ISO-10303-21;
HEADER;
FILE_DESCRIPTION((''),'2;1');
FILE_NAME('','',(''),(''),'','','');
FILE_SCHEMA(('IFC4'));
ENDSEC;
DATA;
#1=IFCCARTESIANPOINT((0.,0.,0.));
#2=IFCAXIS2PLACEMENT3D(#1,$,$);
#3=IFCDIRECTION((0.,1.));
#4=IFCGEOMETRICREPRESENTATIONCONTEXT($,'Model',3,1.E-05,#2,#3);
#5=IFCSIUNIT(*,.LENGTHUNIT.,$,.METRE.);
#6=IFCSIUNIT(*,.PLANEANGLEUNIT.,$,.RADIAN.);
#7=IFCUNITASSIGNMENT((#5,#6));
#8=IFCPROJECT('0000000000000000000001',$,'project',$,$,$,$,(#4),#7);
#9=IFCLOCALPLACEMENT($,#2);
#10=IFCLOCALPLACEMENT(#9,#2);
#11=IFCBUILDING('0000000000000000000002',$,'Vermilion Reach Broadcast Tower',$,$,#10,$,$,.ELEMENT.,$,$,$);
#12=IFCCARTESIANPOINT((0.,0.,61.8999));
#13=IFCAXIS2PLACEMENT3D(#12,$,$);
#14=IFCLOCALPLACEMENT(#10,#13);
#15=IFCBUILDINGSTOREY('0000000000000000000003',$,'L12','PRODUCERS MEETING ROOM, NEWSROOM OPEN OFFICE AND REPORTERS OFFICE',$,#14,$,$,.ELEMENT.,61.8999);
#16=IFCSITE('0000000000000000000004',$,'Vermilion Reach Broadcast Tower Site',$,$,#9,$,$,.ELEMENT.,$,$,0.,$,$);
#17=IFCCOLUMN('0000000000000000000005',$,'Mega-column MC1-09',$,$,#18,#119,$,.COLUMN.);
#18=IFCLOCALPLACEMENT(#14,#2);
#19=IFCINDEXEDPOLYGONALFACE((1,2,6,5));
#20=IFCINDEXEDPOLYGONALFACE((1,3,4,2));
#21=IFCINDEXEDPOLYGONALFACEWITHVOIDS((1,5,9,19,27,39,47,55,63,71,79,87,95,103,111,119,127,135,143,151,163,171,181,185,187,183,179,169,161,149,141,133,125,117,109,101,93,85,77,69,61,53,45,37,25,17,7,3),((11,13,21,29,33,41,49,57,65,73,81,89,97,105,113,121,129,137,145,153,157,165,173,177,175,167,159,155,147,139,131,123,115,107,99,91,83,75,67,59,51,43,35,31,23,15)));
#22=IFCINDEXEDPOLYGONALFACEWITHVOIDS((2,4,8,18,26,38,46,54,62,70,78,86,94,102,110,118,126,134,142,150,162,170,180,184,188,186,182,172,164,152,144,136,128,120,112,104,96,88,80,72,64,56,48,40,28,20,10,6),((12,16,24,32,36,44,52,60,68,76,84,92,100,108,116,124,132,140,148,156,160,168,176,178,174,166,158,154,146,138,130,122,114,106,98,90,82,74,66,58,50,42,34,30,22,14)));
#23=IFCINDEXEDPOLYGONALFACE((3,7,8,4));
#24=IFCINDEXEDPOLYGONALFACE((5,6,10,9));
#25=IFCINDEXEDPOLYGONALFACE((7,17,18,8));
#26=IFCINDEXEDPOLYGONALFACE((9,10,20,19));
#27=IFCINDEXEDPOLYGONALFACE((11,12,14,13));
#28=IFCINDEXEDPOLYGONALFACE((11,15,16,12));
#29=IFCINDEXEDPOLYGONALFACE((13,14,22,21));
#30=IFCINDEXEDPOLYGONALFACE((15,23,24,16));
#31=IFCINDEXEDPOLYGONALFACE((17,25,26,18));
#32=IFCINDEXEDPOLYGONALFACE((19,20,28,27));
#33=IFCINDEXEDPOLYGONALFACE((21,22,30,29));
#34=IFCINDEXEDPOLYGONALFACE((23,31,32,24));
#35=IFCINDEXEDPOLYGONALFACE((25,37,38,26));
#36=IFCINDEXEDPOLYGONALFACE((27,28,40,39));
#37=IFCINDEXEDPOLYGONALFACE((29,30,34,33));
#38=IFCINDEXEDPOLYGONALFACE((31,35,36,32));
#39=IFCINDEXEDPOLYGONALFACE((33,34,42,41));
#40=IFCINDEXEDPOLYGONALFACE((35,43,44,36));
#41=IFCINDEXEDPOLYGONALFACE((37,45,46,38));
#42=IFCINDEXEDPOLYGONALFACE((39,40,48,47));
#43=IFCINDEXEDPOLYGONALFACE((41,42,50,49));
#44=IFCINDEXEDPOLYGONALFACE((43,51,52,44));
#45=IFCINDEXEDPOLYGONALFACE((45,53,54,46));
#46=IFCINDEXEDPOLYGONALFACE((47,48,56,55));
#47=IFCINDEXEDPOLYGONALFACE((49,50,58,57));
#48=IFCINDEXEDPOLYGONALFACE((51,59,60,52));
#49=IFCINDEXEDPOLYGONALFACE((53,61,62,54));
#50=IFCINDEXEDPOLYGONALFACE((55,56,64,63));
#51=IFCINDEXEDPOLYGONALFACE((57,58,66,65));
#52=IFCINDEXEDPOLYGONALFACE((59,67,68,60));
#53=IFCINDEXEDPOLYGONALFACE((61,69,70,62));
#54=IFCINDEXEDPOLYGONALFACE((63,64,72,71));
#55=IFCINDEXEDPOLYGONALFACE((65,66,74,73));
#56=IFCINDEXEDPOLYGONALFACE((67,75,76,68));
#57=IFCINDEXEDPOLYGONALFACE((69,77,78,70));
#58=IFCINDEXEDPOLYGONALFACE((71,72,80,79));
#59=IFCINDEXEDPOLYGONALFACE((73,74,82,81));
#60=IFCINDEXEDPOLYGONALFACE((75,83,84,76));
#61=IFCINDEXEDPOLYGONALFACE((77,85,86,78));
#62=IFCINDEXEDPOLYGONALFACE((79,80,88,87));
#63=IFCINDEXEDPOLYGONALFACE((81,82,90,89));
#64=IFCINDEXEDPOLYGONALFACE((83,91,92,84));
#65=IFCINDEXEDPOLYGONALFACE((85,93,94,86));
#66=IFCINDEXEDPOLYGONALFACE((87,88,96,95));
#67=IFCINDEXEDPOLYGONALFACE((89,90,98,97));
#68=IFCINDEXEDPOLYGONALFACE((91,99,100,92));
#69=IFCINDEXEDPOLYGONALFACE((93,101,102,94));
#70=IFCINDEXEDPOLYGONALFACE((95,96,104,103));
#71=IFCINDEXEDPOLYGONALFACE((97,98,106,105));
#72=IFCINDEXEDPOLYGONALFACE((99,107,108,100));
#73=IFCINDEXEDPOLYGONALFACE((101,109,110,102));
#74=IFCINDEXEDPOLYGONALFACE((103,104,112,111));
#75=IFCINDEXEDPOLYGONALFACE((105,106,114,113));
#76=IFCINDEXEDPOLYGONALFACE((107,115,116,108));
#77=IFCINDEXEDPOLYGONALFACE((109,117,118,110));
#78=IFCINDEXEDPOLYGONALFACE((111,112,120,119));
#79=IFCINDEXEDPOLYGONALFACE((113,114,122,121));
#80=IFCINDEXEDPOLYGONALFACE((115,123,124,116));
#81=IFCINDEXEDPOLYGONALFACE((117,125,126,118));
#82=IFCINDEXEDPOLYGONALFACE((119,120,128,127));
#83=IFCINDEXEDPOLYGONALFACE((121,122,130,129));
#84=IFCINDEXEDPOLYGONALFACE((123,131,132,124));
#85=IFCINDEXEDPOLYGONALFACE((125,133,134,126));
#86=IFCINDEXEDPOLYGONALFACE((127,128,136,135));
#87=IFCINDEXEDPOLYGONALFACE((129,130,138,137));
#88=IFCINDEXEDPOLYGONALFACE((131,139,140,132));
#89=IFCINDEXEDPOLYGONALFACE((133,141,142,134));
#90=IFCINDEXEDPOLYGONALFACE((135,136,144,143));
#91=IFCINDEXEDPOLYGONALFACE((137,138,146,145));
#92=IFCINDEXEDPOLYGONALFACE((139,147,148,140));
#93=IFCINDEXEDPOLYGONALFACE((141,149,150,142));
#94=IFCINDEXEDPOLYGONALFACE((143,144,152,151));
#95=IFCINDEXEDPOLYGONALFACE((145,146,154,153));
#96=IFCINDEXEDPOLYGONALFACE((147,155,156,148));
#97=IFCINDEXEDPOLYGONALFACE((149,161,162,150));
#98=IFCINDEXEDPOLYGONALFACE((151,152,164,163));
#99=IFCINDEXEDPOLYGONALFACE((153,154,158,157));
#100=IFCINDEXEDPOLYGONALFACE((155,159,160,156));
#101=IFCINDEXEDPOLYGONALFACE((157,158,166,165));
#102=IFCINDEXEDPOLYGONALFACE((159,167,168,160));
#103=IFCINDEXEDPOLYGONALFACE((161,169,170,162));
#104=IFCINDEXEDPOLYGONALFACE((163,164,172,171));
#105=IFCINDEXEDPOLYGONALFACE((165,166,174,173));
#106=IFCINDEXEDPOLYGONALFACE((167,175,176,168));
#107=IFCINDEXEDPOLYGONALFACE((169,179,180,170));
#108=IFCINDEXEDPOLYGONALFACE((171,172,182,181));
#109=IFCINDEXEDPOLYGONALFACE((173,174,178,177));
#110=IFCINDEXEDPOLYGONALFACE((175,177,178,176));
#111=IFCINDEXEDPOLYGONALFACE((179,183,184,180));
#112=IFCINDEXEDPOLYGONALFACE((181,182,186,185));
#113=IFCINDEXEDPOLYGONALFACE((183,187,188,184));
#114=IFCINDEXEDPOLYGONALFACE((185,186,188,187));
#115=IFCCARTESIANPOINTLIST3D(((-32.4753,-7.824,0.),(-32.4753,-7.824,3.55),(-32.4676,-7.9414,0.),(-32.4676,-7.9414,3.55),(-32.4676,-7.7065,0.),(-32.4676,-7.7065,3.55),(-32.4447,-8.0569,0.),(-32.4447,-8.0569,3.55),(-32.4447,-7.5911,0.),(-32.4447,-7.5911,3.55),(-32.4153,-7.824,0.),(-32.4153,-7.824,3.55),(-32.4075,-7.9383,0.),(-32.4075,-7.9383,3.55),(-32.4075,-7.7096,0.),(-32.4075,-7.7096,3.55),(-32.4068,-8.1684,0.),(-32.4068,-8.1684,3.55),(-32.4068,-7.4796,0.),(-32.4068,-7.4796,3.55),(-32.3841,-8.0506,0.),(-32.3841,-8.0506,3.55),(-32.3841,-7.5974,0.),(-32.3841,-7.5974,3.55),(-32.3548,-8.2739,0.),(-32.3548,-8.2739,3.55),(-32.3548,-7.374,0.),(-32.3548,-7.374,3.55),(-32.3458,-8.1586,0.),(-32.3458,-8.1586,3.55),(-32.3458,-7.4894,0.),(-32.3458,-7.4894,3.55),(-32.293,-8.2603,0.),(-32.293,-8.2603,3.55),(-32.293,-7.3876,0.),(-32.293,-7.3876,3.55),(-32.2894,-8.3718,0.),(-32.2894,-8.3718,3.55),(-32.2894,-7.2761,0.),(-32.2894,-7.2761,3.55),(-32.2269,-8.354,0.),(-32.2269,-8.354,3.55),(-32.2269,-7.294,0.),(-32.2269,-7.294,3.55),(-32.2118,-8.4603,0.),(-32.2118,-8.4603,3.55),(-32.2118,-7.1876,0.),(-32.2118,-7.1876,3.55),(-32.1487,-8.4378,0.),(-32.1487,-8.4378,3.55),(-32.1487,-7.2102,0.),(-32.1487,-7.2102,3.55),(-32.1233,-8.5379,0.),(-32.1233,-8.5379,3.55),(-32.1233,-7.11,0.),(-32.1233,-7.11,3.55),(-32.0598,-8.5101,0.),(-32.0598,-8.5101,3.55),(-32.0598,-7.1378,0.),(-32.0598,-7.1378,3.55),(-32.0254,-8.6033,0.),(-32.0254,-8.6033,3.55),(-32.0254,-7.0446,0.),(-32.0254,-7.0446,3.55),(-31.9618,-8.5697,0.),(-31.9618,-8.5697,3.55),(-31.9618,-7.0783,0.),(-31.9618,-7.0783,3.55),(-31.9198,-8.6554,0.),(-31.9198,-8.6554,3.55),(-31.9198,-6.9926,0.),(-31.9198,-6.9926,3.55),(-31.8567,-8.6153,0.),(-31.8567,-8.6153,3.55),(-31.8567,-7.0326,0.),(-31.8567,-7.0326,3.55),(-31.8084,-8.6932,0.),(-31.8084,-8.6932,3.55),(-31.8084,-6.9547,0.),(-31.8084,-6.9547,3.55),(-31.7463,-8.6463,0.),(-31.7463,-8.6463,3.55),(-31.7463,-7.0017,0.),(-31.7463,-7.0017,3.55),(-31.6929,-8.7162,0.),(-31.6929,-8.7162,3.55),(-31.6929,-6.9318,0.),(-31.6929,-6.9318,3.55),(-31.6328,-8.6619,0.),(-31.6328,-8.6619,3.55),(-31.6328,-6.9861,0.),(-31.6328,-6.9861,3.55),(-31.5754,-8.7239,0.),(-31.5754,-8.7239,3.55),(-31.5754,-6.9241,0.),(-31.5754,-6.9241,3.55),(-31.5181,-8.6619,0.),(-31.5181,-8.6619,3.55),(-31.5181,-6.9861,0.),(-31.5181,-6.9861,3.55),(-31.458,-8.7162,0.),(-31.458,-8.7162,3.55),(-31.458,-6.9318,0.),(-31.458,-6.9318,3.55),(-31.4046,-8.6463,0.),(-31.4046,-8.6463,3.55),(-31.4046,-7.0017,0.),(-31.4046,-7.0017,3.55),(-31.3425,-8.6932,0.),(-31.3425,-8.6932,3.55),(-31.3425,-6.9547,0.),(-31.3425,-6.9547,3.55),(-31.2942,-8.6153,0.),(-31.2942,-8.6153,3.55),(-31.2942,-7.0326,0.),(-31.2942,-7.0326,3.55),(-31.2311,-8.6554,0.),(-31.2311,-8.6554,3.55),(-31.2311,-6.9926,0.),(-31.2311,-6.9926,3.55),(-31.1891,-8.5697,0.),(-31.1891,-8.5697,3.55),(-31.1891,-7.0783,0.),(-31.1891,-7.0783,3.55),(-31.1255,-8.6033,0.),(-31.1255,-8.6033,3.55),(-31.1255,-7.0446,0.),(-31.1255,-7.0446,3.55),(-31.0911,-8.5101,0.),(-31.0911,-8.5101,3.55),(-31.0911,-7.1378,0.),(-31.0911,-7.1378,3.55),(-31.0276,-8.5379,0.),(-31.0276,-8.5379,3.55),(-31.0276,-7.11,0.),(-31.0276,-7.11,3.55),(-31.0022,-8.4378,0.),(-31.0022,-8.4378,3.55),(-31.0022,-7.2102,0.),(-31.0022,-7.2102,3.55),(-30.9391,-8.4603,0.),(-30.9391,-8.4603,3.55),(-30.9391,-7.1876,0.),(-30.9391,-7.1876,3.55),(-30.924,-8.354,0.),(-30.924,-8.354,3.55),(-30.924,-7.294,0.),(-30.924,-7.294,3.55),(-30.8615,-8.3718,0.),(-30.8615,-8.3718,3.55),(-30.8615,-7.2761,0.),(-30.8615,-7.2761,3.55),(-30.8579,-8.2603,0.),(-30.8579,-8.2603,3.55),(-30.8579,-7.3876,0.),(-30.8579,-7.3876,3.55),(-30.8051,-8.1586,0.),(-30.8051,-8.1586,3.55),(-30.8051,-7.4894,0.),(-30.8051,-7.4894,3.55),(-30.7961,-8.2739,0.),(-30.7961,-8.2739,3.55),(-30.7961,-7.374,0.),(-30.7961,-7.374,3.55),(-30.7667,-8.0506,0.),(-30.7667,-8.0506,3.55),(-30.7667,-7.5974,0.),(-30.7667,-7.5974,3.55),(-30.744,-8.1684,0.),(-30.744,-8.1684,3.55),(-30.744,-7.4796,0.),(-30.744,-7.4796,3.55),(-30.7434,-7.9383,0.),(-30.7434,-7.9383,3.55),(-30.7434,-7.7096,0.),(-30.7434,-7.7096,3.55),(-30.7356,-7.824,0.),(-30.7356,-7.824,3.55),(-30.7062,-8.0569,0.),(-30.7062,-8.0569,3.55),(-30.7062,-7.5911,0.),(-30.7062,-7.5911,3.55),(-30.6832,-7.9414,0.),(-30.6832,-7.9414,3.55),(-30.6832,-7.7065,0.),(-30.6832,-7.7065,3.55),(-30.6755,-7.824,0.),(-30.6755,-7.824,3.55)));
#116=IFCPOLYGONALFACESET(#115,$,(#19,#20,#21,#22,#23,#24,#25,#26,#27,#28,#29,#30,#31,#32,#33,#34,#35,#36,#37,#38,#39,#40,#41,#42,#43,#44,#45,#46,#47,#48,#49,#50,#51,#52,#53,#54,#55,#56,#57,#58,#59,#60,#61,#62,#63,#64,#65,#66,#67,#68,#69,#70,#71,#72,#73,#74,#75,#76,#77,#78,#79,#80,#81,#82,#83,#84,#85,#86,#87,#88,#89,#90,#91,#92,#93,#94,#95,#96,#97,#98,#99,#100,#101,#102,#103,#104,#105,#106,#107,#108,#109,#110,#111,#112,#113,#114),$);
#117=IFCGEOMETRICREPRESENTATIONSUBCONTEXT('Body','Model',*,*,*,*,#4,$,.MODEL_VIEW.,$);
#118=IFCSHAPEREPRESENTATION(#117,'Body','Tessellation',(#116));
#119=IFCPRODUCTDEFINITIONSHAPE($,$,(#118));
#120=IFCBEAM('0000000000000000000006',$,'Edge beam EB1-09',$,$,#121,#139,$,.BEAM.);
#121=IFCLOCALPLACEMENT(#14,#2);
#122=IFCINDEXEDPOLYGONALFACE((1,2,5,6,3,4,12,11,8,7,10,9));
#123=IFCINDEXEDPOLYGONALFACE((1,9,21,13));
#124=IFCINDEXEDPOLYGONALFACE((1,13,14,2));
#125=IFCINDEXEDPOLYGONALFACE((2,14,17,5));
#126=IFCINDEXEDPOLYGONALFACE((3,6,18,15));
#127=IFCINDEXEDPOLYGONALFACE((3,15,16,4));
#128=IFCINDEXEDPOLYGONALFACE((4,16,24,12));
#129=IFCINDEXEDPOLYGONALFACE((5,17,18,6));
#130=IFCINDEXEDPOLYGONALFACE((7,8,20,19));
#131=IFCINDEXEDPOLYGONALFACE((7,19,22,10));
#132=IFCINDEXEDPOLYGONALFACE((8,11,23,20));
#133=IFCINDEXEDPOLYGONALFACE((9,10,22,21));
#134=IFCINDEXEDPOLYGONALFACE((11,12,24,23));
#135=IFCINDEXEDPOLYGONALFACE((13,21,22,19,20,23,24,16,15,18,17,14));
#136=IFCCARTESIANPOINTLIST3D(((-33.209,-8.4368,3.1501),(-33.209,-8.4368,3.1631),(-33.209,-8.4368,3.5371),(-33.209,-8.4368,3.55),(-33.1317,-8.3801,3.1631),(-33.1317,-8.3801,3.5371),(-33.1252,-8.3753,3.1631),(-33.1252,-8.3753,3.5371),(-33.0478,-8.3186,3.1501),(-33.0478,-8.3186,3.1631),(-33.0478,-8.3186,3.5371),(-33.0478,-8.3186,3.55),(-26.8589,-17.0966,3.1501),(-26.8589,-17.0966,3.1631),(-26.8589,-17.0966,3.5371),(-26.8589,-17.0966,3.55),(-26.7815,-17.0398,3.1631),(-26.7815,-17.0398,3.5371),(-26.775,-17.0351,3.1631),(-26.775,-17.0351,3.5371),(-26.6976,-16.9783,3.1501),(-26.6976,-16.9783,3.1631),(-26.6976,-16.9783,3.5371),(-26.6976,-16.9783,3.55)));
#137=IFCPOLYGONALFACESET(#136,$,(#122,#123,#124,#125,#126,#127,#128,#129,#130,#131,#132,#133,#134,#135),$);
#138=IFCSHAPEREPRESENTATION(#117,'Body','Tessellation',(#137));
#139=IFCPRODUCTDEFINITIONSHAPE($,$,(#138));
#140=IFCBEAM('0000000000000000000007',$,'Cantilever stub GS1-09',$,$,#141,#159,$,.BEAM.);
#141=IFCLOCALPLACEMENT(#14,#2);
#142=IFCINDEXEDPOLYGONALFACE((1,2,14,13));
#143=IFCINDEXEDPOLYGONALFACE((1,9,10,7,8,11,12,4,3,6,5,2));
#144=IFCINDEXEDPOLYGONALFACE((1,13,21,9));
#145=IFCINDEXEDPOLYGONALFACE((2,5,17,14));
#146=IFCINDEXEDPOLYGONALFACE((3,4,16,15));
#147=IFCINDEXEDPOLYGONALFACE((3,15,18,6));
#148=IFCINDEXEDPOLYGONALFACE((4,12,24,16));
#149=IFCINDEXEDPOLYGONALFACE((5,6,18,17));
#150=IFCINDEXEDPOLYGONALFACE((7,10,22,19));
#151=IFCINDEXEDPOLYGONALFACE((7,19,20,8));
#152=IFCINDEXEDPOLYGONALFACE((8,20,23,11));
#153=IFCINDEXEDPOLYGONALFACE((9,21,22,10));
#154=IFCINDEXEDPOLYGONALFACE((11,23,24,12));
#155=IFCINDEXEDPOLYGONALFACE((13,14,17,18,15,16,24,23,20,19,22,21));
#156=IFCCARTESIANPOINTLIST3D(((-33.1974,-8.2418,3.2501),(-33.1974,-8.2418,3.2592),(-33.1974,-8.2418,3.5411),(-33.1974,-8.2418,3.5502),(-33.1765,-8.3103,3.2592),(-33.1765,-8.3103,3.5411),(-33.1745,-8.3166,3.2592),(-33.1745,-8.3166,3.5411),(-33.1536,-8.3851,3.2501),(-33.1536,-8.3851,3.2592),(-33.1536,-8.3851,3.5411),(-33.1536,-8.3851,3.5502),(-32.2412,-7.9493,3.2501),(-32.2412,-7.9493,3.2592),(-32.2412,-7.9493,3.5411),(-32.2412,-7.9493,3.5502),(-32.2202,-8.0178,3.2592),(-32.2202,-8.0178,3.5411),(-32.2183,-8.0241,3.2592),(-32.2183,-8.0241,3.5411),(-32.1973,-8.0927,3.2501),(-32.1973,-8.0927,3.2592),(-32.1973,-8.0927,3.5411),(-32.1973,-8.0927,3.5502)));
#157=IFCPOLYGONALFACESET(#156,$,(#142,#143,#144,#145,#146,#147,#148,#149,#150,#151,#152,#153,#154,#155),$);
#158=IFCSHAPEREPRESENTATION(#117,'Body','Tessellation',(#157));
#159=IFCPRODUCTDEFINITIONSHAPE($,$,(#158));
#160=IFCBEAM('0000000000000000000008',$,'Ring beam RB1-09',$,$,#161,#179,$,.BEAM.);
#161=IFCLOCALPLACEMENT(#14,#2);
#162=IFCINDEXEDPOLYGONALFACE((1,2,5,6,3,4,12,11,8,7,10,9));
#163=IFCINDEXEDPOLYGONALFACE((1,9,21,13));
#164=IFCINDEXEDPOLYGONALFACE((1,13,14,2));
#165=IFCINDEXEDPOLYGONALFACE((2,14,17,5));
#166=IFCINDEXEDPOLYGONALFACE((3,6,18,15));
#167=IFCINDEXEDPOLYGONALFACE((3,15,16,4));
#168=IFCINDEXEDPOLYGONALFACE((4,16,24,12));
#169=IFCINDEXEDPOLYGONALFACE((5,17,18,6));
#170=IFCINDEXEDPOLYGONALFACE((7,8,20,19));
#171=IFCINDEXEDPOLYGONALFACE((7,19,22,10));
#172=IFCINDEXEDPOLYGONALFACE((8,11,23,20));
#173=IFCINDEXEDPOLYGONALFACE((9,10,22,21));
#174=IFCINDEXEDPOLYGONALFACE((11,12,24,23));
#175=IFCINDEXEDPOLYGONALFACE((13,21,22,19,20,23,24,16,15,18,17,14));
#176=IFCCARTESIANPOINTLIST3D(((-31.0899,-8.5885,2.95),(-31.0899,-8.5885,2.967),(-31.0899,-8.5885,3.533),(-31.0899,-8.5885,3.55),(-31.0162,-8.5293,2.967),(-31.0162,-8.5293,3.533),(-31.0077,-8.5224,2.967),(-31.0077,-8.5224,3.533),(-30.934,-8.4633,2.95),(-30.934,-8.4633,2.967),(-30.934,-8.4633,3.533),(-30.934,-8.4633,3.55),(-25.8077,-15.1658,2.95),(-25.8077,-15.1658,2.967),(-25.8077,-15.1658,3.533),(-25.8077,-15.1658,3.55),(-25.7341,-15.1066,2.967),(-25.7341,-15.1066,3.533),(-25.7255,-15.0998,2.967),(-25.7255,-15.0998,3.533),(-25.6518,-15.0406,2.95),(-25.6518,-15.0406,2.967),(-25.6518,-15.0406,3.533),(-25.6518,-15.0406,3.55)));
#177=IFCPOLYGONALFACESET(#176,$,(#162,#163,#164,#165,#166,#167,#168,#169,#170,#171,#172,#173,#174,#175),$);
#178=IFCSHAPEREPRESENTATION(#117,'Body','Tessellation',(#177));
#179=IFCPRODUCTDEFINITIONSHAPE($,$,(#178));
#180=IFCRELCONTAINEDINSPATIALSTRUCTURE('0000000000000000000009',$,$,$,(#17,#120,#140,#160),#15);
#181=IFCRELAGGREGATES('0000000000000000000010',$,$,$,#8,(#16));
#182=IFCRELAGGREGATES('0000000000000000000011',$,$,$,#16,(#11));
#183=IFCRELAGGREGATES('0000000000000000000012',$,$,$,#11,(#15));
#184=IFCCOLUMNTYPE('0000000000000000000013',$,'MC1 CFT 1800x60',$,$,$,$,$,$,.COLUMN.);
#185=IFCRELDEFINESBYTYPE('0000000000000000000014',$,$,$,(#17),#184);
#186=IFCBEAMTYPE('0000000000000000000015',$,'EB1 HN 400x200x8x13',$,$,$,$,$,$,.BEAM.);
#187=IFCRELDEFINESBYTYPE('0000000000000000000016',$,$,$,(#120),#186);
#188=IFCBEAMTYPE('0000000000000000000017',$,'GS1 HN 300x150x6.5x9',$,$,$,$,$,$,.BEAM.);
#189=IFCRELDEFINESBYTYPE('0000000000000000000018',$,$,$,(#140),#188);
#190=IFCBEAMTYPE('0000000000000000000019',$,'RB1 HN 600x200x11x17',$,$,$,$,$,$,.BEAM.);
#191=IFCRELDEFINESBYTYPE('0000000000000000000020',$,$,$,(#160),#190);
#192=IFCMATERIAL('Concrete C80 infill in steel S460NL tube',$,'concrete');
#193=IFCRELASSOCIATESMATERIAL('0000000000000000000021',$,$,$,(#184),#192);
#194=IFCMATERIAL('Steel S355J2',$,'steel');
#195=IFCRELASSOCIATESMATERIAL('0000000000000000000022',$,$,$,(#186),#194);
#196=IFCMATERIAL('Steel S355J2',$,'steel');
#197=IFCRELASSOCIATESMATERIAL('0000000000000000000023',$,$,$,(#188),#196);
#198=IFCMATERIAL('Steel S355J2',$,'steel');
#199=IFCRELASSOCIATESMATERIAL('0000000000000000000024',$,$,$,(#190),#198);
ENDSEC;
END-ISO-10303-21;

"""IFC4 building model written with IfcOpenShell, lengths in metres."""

from ifc_helpers import new_model, si_unit, direction, frame, origin, origin_2d, place, context, subcontext, project, spatial, hollow_circle, i_section, extrude, material, material_profile, profile_set, type_object, element, save


model = new_model("IFC4")

# Units and contexts
model_context = context("Model", 3, precision=1e-05, world=origin(), true_north=direction((0.0, 1.0)))
body_context = subcontext(model_context, "Body", "Model", "MODEL_VIEW")
ifc_project = project(units=[si_unit("LENGTHUNIT", "METRE"), si_unit("PLANEANGLEUNIT", "RADIAN")], contexts=[model_context])

# Site, building, storey
site_placement = place(None, origin())
site = spatial("IfcSite", under=ifc_project, at=site_placement, Name="Vermilion Reach Broadcast Tower Site", CompositionType="ELEMENT", RefElevation=0.0)
building_placement = place(site_placement, origin())
building = spatial("IfcBuilding", under=site, at=building_placement, Name="Vermilion Reach Broadcast Tower", CompositionType="ELEMENT")
storey_placement = place(building_placement, frame((0.0, 0.0, 61.8999)))
storey = spatial("IfcBuildingStorey", under=building, at=storey_placement, Name="L12", Description="PRODUCERS MEETING ROOM, NEWSROOM OPEN OFFICE AND REPORTERS OFFICE", CompositionType="ELEMENT", Elevation=61.8999)

# Column
ifc_material_1 = material(Name="Concrete C80 infill in steel S460NL tube", Category="concrete")
ifc_material_profile_1 = material_profile(ifc_material_1, hollow_circle(Radius=0.8999, WallThickness=0.0601, at=origin_2d()), Name="Concrete C80 infill in steel S460NL tube CFT 1800x60")
ifc_profile_set_1 = profile_set([ifc_material_profile_1], Name="Concrete C80 infill in steel S460NL tube")
column_type = type_object("IfcColumnType", Name="MC1 CFT 1800x60", PredefinedType="COLUMN", material=ifc_profile_set_1)
column_placement = place(storey_placement, frame((-31.5754, -7.824, 0.0), z_axis=(0.0, 0.0, 1.0), x_axis=(1.0, 0.0, 0.0)))
element("IfcColumn", 1, at=column_placement, inside=storey, type_object=column_type, Name="Mega-column MC1-09", PredefinedType="COLUMN", context=body_context, shape_type="SweptSolid", body=[
    extrude(hollow_circle(Radius=0.8999, WallThickness=0.0601, at=origin_2d()), origin(), (0.0, 0.0, 1.0), 3.55),
])

# Beams
ifc_material_2 = material(Name="Steel S355J2", Category="steel")
ifc_material_profile_2 = material_profile(ifc_material_2, i_section(OverallWidth=0.2, OverallDepth=0.3999, WebThickness=0.0081, FlangeThickness=0.0129, at=origin_2d()), Name="S355J2 HN 400x200x8x13")
ifc_profile_set_2 = profile_set([ifc_material_profile_2], Name="Steel S355J2")
beam_type_1 = type_object("IfcBeamType", Name="EB1 HN 400x200x8x13", PredefinedType="BEAM", material=ifc_profile_set_2)
beam_1_placement = place(storey_placement, frame((-33.1284, -8.3777, 3.3501), z_axis=(0.591344, -0.806419, 0.0), x_axis=(0.806419, 0.591344, 0.0)))
element("IfcBeam", 2, at=beam_1_placement, inside=storey, type_object=beam_type_1, Name="Edge beam EB1-09", PredefinedType="BEAM", context=body_context, shape_type="SweptSolid", body=[
    extrude(i_section(OverallWidth=0.2, OverallDepth=0.3999, WebThickness=0.0081, FlangeThickness=0.0129, at=origin_2d()), origin(), (0.0, 0.0, 1.0), 10.7385),
])
ifc_material_3 = material(Name="Steel S355J2", Category="steel")
ifc_material_profile_3 = material_profile(ifc_material_3, i_section(OverallWidth=0.1499, OverallDepth=0.3, WebThickness=0.0066, FlangeThickness=0.009, at=origin_2d()), Name="S355J2 HN 300x150x6.5x9")
ifc_profile_set_3 = profile_set([ifc_material_profile_3], Name="Steel S355J2")
beam_type_2 = type_object("IfcBeamType", Name="GS1 HN 300x150x6.5x9", PredefinedType="BEAM", material=ifc_profile_set_3)
beam_2_placement = place(storey_placement, frame((-32.2192, -8.021, 3.4001), z_axis=(-0.956274, -0.292473, 0.0), x_axis=(0.292473, -0.956274, 0.0)))
element("IfcBeam", 3, at=beam_2_placement, inside=storey, type_object=beam_type_2, Name="Cantilever stub GS1-09", PredefinedType="BEAM", context=body_context, shape_type="SweptSolid", body=[
    extrude(i_section(OverallWidth=0.1499, OverallDepth=0.3, WebThickness=0.0066, FlangeThickness=0.009, at=origin_2d()), origin(), (0.0, 0.0, 1.0), 1.0),
])
ifc_material_4 = material(Name="Steel S355J2", Category="steel")
ifc_material_profile_4 = material_profile(ifc_material_4, i_section(OverallWidth=0.2, OverallDepth=0.6001, WebThickness=0.011, FlangeThickness=0.0171, at=origin_2d()), Name="S355J2 HN 600x200x11x17")
ifc_profile_set_4 = profile_set([ifc_material_profile_4], Name="Steel S355J2")
beam_type_3 = type_object("IfcBeamType", Name="RB1 HN 600x200x11x17", PredefinedType="BEAM", material=ifc_profile_set_4)
beam_3_placement = place(storey_placement, frame((-31.012, -8.5259, 3.25), z_axis=(0.626162, -0.779693, 0.0), x_axis=(0.779693, 0.626162, 0.0)))
element("IfcBeam", 4, at=beam_3_placement, inside=storey, type_object=beam_type_3, Name="Ring beam RB1-09", PredefinedType="BEAM", context=body_context, shape_type="SweptSolid", body=[
    extrude(i_section(OverallWidth=0.2, OverallDepth=0.6001, WebThickness=0.011, FlangeThickness=0.0171, at=origin_2d()), origin(), (0.0, 0.0, 1.0), 8.4358),
])

save(model, "model.ifc")
